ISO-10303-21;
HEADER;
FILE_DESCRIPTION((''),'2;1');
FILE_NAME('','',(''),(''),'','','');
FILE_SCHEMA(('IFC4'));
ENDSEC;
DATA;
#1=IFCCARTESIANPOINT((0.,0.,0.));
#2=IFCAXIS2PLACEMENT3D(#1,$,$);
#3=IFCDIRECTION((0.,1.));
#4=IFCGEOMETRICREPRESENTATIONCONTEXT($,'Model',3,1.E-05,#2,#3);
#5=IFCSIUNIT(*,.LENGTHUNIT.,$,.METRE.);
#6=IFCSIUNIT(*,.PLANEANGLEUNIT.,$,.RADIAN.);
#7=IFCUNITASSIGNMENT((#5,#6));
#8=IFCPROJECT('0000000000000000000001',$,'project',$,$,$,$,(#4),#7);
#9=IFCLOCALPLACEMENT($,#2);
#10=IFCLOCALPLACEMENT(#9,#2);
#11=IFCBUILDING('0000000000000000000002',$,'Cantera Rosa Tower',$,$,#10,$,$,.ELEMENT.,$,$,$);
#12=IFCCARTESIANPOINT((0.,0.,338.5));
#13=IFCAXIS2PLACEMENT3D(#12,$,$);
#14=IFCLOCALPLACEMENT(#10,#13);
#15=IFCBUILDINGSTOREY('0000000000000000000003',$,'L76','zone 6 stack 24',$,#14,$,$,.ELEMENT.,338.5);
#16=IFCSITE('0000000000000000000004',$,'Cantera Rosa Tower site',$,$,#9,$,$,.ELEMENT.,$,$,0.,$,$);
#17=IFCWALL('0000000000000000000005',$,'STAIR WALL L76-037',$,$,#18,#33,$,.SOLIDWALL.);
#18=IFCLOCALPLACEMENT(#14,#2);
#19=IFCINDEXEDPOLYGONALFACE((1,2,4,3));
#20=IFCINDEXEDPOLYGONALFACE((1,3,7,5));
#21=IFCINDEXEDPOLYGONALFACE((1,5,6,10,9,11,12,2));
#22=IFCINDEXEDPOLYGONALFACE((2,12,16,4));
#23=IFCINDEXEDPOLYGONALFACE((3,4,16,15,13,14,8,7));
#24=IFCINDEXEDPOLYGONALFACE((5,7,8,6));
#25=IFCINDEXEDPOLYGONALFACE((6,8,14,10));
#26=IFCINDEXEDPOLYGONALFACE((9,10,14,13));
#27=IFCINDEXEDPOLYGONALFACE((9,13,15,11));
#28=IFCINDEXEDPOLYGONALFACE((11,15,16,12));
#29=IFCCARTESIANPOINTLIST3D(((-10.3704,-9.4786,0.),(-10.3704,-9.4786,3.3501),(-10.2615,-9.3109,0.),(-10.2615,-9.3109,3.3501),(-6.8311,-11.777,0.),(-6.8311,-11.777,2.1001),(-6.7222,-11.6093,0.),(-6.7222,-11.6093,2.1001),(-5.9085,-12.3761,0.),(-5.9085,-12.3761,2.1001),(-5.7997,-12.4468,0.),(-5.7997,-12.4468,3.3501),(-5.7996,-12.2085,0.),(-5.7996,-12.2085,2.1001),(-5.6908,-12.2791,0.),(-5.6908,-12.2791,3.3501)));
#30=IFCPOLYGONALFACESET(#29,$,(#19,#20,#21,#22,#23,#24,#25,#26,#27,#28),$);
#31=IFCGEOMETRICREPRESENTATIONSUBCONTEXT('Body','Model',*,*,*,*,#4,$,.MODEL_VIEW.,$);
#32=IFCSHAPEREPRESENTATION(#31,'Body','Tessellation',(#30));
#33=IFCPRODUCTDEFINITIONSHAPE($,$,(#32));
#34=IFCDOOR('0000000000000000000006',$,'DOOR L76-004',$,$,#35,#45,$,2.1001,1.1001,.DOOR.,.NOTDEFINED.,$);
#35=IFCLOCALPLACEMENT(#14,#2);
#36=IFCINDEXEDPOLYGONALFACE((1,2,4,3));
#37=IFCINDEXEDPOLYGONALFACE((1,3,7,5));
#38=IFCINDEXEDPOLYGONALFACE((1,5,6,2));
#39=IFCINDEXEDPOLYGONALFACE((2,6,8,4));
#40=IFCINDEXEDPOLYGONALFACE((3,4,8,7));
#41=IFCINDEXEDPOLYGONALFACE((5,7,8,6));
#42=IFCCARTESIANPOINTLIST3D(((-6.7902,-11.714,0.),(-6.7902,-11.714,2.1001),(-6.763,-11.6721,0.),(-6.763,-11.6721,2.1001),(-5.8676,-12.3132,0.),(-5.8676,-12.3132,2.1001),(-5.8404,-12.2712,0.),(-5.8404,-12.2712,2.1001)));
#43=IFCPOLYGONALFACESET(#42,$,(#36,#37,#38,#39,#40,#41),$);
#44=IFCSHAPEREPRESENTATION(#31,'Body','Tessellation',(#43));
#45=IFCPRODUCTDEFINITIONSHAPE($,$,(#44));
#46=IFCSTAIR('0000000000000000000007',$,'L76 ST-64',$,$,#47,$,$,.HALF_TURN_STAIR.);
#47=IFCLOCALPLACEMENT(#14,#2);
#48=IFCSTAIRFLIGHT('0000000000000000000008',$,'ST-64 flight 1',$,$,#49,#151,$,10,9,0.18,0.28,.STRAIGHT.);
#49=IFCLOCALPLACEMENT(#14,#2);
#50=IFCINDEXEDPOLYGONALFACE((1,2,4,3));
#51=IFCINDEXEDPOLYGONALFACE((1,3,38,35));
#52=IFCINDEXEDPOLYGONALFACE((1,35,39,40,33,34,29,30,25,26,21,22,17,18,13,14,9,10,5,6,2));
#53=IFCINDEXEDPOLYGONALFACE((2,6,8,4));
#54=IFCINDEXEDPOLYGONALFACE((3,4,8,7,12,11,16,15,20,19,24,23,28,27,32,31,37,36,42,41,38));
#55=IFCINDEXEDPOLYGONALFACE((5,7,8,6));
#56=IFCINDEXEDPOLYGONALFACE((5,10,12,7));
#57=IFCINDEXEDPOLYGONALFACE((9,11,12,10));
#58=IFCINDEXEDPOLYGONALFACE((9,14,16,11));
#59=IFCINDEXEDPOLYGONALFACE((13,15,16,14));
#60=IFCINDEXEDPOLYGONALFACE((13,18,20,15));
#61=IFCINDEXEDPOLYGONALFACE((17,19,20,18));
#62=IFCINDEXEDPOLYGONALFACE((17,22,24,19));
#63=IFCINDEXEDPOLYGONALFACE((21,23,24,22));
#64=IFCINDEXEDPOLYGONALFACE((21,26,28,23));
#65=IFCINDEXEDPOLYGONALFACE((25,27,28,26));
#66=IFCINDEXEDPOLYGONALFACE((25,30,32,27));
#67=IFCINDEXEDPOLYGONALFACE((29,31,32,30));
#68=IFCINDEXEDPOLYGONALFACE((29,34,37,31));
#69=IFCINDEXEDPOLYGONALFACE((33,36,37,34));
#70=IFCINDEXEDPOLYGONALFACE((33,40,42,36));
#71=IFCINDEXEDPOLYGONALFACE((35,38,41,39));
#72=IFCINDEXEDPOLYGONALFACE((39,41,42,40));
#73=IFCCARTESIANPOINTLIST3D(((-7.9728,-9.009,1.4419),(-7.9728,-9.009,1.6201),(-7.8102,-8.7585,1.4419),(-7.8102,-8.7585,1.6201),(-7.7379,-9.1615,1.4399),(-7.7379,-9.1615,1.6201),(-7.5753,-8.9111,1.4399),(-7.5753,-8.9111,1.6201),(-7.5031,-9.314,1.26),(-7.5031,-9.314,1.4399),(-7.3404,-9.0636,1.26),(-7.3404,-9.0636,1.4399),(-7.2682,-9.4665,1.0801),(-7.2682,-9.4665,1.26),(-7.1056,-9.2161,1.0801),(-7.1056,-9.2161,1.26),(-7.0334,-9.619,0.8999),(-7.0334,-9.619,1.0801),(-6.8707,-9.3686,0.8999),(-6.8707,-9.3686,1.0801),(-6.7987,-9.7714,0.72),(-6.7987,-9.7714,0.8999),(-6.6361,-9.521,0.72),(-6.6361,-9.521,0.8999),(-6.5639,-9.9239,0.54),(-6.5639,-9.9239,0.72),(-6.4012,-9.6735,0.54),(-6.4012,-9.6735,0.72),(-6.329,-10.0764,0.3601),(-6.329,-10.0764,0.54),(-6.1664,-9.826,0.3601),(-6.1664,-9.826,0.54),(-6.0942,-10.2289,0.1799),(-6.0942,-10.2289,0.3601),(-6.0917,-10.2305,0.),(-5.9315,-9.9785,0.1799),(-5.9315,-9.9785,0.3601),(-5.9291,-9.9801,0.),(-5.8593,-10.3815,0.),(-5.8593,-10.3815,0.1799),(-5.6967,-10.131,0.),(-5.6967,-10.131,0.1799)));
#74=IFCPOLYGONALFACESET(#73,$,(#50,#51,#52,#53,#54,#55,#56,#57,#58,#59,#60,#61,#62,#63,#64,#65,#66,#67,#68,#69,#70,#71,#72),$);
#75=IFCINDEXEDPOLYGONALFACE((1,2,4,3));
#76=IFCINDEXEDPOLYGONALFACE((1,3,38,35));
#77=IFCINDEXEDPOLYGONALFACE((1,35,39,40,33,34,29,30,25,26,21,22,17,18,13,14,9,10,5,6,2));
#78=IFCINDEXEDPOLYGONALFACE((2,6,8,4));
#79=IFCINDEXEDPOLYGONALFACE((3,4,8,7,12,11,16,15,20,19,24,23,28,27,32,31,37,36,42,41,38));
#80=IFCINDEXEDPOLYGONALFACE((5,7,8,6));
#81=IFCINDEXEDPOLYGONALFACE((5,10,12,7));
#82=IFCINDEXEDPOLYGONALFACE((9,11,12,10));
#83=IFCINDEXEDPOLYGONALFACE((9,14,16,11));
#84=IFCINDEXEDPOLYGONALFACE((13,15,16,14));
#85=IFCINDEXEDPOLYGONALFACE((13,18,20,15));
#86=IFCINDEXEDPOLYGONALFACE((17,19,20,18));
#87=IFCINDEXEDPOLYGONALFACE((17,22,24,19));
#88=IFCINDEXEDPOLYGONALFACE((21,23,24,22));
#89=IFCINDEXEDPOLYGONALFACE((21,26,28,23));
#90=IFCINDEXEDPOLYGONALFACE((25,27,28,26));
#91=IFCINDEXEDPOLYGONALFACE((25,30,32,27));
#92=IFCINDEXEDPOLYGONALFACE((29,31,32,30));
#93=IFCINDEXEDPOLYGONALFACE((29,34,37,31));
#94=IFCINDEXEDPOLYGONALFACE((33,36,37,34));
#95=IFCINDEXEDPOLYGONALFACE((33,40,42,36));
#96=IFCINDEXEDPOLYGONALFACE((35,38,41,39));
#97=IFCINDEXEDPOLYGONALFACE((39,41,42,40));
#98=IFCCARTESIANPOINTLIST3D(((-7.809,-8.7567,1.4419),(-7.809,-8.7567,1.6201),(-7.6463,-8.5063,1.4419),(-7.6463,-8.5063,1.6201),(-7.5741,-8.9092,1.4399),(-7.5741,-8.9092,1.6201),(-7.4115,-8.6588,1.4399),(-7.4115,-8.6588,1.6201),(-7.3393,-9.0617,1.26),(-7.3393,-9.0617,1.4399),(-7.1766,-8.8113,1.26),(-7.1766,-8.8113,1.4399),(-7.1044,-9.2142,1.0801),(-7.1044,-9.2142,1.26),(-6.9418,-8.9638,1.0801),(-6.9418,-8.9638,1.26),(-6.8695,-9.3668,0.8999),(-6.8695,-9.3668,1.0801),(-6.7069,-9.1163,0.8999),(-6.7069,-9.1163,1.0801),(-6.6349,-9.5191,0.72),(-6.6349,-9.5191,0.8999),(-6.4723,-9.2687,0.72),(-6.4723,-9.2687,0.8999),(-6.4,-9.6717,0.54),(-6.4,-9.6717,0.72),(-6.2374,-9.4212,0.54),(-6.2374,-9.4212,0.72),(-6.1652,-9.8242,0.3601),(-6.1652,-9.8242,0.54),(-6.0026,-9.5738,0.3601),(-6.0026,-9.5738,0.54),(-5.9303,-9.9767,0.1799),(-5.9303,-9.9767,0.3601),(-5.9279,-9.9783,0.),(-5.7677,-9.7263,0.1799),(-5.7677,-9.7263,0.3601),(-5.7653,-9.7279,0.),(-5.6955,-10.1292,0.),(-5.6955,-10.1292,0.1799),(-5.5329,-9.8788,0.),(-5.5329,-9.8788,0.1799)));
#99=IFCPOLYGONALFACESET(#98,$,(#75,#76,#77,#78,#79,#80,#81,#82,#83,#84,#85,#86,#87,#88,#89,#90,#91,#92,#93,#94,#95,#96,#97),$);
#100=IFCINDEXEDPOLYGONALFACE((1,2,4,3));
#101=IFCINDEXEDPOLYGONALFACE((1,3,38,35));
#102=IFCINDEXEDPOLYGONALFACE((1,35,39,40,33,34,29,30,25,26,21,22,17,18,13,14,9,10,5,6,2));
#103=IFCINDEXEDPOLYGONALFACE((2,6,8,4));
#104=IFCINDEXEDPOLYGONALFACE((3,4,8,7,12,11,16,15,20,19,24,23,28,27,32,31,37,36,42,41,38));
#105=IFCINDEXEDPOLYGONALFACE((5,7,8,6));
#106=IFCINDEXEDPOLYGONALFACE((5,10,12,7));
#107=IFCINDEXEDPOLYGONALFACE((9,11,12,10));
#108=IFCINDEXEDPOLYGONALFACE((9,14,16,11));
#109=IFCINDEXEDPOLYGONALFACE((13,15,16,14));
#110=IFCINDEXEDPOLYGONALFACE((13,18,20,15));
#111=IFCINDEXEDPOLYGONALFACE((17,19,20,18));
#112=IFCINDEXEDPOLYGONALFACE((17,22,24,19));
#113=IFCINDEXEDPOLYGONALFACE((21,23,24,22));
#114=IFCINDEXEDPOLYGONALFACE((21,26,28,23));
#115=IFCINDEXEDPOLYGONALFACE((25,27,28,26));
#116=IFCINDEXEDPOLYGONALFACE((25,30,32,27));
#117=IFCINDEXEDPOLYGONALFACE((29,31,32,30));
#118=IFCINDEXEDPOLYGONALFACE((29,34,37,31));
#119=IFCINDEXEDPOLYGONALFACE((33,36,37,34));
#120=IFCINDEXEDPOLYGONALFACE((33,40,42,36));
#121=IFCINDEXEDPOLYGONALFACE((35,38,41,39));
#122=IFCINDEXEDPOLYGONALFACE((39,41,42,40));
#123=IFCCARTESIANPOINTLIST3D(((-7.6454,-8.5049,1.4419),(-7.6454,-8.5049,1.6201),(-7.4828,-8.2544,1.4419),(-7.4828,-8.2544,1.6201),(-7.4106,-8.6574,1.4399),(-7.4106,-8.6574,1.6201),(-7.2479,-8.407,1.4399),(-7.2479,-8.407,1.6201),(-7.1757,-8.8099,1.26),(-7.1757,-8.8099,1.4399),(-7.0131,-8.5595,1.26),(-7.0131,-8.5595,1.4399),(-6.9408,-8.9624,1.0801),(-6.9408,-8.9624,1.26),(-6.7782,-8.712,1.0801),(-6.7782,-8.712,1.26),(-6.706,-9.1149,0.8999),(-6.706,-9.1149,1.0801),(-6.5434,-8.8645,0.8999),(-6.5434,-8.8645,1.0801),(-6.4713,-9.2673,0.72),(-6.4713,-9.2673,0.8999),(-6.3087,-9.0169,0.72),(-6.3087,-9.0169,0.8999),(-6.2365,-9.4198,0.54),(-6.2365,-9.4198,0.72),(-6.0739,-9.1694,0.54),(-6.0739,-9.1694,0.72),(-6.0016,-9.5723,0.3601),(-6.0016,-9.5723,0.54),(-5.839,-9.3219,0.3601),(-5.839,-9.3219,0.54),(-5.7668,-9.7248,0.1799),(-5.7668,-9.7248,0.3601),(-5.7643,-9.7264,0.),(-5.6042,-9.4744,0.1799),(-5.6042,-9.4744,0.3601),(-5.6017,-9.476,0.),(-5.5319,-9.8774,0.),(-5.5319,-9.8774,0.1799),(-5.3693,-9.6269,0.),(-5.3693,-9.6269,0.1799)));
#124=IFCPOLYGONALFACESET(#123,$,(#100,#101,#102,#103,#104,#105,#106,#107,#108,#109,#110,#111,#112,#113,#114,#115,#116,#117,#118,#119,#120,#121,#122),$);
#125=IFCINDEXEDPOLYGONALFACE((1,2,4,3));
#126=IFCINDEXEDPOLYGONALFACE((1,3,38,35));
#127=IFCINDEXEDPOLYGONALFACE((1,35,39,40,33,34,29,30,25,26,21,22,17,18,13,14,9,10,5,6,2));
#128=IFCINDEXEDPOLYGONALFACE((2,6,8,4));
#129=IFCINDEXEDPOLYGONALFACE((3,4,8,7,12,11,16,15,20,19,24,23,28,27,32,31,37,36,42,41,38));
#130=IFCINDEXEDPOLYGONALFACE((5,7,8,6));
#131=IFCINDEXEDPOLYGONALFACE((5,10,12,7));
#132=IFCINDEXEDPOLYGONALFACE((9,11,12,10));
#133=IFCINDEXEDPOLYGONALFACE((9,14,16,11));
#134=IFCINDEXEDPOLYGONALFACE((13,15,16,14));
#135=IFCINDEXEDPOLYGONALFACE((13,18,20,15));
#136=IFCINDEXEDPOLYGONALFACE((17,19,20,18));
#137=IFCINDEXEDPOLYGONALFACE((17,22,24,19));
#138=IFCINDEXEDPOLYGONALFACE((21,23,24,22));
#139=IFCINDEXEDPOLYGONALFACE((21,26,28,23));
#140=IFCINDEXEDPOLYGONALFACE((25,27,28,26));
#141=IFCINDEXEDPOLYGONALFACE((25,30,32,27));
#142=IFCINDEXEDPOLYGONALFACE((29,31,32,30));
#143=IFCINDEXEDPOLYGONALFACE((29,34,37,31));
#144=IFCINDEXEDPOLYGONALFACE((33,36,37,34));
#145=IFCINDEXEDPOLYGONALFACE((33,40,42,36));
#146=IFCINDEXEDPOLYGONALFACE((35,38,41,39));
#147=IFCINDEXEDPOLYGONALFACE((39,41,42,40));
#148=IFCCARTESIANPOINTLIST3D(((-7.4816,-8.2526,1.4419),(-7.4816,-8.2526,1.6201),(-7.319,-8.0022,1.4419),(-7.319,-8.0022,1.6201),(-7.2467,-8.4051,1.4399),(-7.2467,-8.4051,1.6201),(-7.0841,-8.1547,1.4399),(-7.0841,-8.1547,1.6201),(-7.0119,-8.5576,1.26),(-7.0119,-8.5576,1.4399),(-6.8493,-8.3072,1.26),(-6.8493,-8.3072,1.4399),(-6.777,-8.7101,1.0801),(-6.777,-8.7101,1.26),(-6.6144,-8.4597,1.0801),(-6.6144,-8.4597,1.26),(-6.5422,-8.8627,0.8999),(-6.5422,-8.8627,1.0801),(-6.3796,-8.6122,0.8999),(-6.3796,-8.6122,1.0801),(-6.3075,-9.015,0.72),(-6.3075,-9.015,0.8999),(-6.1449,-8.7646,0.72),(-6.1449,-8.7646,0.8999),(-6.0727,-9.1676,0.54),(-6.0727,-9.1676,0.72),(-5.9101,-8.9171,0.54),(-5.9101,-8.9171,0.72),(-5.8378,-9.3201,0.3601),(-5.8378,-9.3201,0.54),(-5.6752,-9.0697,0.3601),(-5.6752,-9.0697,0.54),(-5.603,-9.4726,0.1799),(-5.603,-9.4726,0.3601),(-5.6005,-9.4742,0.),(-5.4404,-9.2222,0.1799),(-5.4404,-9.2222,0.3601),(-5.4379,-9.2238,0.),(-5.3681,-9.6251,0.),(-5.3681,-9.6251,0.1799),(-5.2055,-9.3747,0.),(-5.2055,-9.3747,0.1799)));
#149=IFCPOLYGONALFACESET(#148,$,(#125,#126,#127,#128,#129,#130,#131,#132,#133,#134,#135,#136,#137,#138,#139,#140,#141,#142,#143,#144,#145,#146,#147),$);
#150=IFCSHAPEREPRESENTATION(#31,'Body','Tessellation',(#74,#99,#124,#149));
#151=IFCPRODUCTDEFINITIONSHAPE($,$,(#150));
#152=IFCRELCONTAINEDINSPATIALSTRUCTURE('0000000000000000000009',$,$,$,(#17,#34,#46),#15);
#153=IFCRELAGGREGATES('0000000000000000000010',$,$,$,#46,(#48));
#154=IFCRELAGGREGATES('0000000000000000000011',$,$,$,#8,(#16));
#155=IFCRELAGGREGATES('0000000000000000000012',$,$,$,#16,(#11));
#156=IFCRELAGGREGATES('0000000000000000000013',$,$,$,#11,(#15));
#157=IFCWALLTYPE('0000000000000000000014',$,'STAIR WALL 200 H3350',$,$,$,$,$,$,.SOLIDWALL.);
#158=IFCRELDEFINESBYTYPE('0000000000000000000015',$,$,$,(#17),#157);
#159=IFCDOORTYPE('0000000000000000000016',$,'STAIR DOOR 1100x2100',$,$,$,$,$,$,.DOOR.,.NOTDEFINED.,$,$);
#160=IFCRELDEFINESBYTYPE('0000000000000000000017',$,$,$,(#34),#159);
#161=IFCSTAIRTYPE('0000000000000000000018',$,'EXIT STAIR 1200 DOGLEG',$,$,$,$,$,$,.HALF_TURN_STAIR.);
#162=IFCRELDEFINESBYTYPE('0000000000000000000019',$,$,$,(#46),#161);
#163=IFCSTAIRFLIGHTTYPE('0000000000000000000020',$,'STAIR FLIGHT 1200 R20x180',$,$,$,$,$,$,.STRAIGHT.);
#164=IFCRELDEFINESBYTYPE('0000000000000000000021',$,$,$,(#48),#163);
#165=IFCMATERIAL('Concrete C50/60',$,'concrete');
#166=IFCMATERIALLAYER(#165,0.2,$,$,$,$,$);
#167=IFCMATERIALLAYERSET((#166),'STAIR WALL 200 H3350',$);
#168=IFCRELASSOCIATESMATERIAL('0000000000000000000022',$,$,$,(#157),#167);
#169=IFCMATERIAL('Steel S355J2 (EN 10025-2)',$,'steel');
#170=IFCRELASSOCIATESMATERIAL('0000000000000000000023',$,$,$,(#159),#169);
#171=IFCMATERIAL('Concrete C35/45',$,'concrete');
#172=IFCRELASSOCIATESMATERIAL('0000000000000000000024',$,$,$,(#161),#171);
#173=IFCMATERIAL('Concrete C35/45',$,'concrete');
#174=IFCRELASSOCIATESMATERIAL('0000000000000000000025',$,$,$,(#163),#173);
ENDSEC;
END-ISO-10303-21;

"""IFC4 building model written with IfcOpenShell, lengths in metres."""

from ifc_helpers import new_model, si_unit, direction, frame, frame_2d, origin, place, context, subcontext, project, spatial, polyline, rectangle, outline, extrude, material, layer, layer_set, type_object, element, fill, aggregate, save


model = new_model("IFC4")

# Units and contexts
model_context = context("Model", 3, precision=1e-05, world=origin(), true_north=direction((0.0, 1.0)))
body_context = subcontext(model_context, "Body", "Model", "MODEL_VIEW")
ifc_project = project(units=[si_unit("LENGTHUNIT", "METRE"), si_unit("PLANEANGLEUNIT", "RADIAN")], contexts=[model_context])

# Site, building, storey
site_placement = place(None, origin())
site = spatial("IfcSite", under=ifc_project, at=site_placement, Name="Cantera Rosa Tower site", CompositionType="ELEMENT", RefElevation=0.0)
building_placement = place(site_placement, origin())
building = spatial("IfcBuilding", under=site, at=building_placement, Name="Cantera Rosa Tower", CompositionType="ELEMENT")
storey_placement = place(building_placement, frame((0.0, 0.0, 338.5)))
storey = spatial("IfcBuildingStorey", under=building, at=storey_placement, Name="L76", Description="zone 6 stack 24", CompositionType="ELEMENT", Elevation=338.5)

# Wall, opening, door
ifc_material_1 = material(Name="Concrete C50/60", Category="concrete")
ifc_layer_1 = layer(ifc_material_1, 0.2)
ifc_layer_set_1 = layer_set([ifc_layer_1], Name="STAIR WALL 200 H3350")
wall_type_1 = type_object("IfcWallType", Name="STAIR WALL 200 H3350", PredefinedType="SOLIDWALL", material=ifc_layer_set_1)
wall_1_placement = place(storey_placement, frame((-5.7451, -12.363, 0.0), z_axis=(0.0, 0.0, 1.0), x_axis=(-0.838675, 0.544632, 0.0)))
wall_1 = element("IfcWall", 1, at=wall_1_placement, inside=storey, type_object=wall_type_1, Name="STAIR WALL L76-037", PredefinedType="SOLIDWALL", context=body_context, shape_type="SweptSolid", body=[
    extrude(rectangle(XDim=5.45, YDim=0.2, at=frame_2d((2.7251, 0.0))), origin(), (0.0, 0.0, 1.0), 3.3501),
])
opening_1_placement = place(wall_1_placement, frame((0.1299, 0.0, 0.0)))
opening_1 = element("IfcOpeningElement", 2, at=opening_1_placement, cuts=wall_1, PredefinedType="OPENING", context=body_context, shape_type="SweptSolid", body=[
    extrude(rectangle(XDim=1.1001, YDim=2.1001, at=frame_2d((0.55, 1.05))), frame((0.0, 0.1099, 0.0), z_axis=(0.0, -1.0, 0.0), x_axis=(1.0, 0.0, 0.0)), (0.0, 0.0, 1.0), 0.22),
])
ifc_material_2 = material(Name="Steel S355J2 (EN 10025-2)", Category="steel")
door_type_1 = type_object("IfcDoorType", Name="STAIR DOOR 1100x2100", OperationType="NOTDEFINED", PredefinedType="DOOR", material=ifc_material_2)
door_1_placement = place(opening_1_placement, origin())
door_1 = element("IfcDoor", 3, at=door_1_placement, inside=storey, type_object=door_type_1, Name="DOOR L76-004", OperationType="NOTDEFINED", OverallHeight=2.1001, OverallWidth=1.1001, PredefinedType="DOOR", context=body_context, shape_type="SweptSolid", body=[
    extrude(rectangle(XDim=1.1001, YDim=2.1001, at=frame_2d((0.55, 1.05))), frame((0.0, 0.0249, 0.0), z_axis=(0.0, -1.0, 0.0), x_axis=(1.0, 0.0, 0.0)), (0.0, 0.0, 1.0), 0.05),
])
fill(opening_1, door_1)

# Stair, stair flight
ifc_material_3 = material(Name="Concrete C35/45", Category="concrete")
stair_type = type_object("IfcStairType", Name="EXIT STAIR 1200 DOGLEG", PredefinedType="HALF_TURN_STAIR", material=ifc_material_3)
stair_placement = place(storey_placement, origin())
stair = element("IfcStair", 4, at=stair_placement, inside=storey, type_object=stair_type, Name="L76 ST-64", PredefinedType="HALF_TURN_STAIR")
ifc_material_4 = material(Name="Concrete C35/45", Category="concrete")
stair_flight_type = type_object("IfcStairFlightType", Name="STAIR FLIGHT 1200 R20x180", PredefinedType="STRAIGHT", material=ifc_material_4)
stair_flight_placement = place(storey_placement, frame((-5.5325, -9.8782, 0.0), z_axis=(0.0, 0.0, 1.0), x_axis=(-0.838671, 0.544639, 0.0)))
stair_flight = element("IfcStairFlight", 5, at=stair_flight_placement, type_object=stair_flight_type, Name="ST-64 flight 1", NumberOfRisers=10, NumberOfTreads=9, PredefinedType="STRAIGHT", RiserHeight=0.18, TreadLength=0.28, context=body_context, shape_type="SweptSolid", body=[
    extrude(outline(polyline([(0.0, 0.0), (0.0, 0.1799), (0.28, 0.1799), (0.28, 0.3601), (0.5601, 0.3601), (0.5601, 0.54), (0.8401, 0.54), (0.8401, 0.72), (1.1201, 0.72), (1.1201, 0.8999), (1.3999, 0.8999), (1.3999, 1.0801), (1.6799, 1.0801), (1.6799, 1.26), (1.96, 1.26), (1.96, 1.4399), (2.24, 1.4399), (2.24, 1.6201), (2.52, 1.6201), (2.52, 1.8), (2.52, 1.4419), (0.2771, 0.0), (0.0, 0.0)])), frame((0.0, 0.6001, 0.0), z_axis=(0.0, -1.0, 0.0), x_axis=(1.0, 0.0, 0.0)), (0.0, 0.0, 1.0), 0.2986),
    extrude(outline(polyline([(0.0, 0.0), (0.0, 0.1799), (0.28, 0.1799), (0.28, 0.3601), (0.5601, 0.3601), (0.5601, 0.54), (0.8401, 0.54), (0.8401, 0.72), (1.1201, 0.72), (1.1201, 0.8999), (1.3999, 0.8999), (1.3999, 1.0801), (1.6799, 1.0801), (1.6799, 1.26), (1.96, 1.26), (1.96, 1.4399), (2.24, 1.4399), (2.24, 1.6201), (2.52, 1.6201), (2.52, 1.8), (2.52, 1.4419), (0.2771, 0.0), (0.0, 0.0)])), frame((0.0, 0.2993, 0.0), z_axis=(0.0, -1.0, 0.0), x_axis=(1.0, 0.0, 0.0)), (0.0, 0.0, 1.0), 0.2986),
    extrude(outline(polyline([(0.0, 0.0), (0.0, 0.1799), (0.28, 0.1799), (0.28, 0.3601), (0.5601, 0.3601), (0.5601, 0.54), (0.8401, 0.54), (0.8401, 0.72), (1.1201, 0.72), (1.1201, 0.8999), (1.3999, 0.8999), (1.3999, 1.0801), (1.6799, 1.0801), (1.6799, 1.26), (1.96, 1.26), (1.96, 1.4399), (2.24, 1.4399), (2.24, 1.6201), (2.52, 1.6201), (2.52, 1.8), (2.52, 1.4419), (0.2771, 0.0), (0.0, 0.0)])), frame((0.0, -0.001, 0.0), z_axis=(0.0, -1.0, 0.0), x_axis=(1.0, 0.0, 0.0)), (0.0, 0.0, 1.0), 0.2986),
    extrude(outline(polyline([(0.0, 0.0), (0.0, 0.1799), (0.28, 0.1799), (0.28, 0.3601), (0.5601, 0.3601), (0.5601, 0.54), (0.8401, 0.54), (0.8401, 0.72), (1.1201, 0.72), (1.1201, 0.8999), (1.3999, 0.8999), (1.3999, 1.0801), (1.6799, 1.0801), (1.6799, 1.26), (1.96, 1.26), (1.96, 1.4399), (2.24, 1.4399), (2.24, 1.6201), (2.52, 1.6201), (2.52, 1.8), (2.52, 1.4419), (0.2771, 0.0), (0.0, 0.0)])), frame((0.0, -0.3018, 0.0), z_axis=(0.0, -1.0, 0.0), x_axis=(1.0, 0.0, 0.0)), (0.0, 0.0, 1.0), 0.2986),
])
aggregate(stair, [stair_flight])

save(model, "model.ifc")
